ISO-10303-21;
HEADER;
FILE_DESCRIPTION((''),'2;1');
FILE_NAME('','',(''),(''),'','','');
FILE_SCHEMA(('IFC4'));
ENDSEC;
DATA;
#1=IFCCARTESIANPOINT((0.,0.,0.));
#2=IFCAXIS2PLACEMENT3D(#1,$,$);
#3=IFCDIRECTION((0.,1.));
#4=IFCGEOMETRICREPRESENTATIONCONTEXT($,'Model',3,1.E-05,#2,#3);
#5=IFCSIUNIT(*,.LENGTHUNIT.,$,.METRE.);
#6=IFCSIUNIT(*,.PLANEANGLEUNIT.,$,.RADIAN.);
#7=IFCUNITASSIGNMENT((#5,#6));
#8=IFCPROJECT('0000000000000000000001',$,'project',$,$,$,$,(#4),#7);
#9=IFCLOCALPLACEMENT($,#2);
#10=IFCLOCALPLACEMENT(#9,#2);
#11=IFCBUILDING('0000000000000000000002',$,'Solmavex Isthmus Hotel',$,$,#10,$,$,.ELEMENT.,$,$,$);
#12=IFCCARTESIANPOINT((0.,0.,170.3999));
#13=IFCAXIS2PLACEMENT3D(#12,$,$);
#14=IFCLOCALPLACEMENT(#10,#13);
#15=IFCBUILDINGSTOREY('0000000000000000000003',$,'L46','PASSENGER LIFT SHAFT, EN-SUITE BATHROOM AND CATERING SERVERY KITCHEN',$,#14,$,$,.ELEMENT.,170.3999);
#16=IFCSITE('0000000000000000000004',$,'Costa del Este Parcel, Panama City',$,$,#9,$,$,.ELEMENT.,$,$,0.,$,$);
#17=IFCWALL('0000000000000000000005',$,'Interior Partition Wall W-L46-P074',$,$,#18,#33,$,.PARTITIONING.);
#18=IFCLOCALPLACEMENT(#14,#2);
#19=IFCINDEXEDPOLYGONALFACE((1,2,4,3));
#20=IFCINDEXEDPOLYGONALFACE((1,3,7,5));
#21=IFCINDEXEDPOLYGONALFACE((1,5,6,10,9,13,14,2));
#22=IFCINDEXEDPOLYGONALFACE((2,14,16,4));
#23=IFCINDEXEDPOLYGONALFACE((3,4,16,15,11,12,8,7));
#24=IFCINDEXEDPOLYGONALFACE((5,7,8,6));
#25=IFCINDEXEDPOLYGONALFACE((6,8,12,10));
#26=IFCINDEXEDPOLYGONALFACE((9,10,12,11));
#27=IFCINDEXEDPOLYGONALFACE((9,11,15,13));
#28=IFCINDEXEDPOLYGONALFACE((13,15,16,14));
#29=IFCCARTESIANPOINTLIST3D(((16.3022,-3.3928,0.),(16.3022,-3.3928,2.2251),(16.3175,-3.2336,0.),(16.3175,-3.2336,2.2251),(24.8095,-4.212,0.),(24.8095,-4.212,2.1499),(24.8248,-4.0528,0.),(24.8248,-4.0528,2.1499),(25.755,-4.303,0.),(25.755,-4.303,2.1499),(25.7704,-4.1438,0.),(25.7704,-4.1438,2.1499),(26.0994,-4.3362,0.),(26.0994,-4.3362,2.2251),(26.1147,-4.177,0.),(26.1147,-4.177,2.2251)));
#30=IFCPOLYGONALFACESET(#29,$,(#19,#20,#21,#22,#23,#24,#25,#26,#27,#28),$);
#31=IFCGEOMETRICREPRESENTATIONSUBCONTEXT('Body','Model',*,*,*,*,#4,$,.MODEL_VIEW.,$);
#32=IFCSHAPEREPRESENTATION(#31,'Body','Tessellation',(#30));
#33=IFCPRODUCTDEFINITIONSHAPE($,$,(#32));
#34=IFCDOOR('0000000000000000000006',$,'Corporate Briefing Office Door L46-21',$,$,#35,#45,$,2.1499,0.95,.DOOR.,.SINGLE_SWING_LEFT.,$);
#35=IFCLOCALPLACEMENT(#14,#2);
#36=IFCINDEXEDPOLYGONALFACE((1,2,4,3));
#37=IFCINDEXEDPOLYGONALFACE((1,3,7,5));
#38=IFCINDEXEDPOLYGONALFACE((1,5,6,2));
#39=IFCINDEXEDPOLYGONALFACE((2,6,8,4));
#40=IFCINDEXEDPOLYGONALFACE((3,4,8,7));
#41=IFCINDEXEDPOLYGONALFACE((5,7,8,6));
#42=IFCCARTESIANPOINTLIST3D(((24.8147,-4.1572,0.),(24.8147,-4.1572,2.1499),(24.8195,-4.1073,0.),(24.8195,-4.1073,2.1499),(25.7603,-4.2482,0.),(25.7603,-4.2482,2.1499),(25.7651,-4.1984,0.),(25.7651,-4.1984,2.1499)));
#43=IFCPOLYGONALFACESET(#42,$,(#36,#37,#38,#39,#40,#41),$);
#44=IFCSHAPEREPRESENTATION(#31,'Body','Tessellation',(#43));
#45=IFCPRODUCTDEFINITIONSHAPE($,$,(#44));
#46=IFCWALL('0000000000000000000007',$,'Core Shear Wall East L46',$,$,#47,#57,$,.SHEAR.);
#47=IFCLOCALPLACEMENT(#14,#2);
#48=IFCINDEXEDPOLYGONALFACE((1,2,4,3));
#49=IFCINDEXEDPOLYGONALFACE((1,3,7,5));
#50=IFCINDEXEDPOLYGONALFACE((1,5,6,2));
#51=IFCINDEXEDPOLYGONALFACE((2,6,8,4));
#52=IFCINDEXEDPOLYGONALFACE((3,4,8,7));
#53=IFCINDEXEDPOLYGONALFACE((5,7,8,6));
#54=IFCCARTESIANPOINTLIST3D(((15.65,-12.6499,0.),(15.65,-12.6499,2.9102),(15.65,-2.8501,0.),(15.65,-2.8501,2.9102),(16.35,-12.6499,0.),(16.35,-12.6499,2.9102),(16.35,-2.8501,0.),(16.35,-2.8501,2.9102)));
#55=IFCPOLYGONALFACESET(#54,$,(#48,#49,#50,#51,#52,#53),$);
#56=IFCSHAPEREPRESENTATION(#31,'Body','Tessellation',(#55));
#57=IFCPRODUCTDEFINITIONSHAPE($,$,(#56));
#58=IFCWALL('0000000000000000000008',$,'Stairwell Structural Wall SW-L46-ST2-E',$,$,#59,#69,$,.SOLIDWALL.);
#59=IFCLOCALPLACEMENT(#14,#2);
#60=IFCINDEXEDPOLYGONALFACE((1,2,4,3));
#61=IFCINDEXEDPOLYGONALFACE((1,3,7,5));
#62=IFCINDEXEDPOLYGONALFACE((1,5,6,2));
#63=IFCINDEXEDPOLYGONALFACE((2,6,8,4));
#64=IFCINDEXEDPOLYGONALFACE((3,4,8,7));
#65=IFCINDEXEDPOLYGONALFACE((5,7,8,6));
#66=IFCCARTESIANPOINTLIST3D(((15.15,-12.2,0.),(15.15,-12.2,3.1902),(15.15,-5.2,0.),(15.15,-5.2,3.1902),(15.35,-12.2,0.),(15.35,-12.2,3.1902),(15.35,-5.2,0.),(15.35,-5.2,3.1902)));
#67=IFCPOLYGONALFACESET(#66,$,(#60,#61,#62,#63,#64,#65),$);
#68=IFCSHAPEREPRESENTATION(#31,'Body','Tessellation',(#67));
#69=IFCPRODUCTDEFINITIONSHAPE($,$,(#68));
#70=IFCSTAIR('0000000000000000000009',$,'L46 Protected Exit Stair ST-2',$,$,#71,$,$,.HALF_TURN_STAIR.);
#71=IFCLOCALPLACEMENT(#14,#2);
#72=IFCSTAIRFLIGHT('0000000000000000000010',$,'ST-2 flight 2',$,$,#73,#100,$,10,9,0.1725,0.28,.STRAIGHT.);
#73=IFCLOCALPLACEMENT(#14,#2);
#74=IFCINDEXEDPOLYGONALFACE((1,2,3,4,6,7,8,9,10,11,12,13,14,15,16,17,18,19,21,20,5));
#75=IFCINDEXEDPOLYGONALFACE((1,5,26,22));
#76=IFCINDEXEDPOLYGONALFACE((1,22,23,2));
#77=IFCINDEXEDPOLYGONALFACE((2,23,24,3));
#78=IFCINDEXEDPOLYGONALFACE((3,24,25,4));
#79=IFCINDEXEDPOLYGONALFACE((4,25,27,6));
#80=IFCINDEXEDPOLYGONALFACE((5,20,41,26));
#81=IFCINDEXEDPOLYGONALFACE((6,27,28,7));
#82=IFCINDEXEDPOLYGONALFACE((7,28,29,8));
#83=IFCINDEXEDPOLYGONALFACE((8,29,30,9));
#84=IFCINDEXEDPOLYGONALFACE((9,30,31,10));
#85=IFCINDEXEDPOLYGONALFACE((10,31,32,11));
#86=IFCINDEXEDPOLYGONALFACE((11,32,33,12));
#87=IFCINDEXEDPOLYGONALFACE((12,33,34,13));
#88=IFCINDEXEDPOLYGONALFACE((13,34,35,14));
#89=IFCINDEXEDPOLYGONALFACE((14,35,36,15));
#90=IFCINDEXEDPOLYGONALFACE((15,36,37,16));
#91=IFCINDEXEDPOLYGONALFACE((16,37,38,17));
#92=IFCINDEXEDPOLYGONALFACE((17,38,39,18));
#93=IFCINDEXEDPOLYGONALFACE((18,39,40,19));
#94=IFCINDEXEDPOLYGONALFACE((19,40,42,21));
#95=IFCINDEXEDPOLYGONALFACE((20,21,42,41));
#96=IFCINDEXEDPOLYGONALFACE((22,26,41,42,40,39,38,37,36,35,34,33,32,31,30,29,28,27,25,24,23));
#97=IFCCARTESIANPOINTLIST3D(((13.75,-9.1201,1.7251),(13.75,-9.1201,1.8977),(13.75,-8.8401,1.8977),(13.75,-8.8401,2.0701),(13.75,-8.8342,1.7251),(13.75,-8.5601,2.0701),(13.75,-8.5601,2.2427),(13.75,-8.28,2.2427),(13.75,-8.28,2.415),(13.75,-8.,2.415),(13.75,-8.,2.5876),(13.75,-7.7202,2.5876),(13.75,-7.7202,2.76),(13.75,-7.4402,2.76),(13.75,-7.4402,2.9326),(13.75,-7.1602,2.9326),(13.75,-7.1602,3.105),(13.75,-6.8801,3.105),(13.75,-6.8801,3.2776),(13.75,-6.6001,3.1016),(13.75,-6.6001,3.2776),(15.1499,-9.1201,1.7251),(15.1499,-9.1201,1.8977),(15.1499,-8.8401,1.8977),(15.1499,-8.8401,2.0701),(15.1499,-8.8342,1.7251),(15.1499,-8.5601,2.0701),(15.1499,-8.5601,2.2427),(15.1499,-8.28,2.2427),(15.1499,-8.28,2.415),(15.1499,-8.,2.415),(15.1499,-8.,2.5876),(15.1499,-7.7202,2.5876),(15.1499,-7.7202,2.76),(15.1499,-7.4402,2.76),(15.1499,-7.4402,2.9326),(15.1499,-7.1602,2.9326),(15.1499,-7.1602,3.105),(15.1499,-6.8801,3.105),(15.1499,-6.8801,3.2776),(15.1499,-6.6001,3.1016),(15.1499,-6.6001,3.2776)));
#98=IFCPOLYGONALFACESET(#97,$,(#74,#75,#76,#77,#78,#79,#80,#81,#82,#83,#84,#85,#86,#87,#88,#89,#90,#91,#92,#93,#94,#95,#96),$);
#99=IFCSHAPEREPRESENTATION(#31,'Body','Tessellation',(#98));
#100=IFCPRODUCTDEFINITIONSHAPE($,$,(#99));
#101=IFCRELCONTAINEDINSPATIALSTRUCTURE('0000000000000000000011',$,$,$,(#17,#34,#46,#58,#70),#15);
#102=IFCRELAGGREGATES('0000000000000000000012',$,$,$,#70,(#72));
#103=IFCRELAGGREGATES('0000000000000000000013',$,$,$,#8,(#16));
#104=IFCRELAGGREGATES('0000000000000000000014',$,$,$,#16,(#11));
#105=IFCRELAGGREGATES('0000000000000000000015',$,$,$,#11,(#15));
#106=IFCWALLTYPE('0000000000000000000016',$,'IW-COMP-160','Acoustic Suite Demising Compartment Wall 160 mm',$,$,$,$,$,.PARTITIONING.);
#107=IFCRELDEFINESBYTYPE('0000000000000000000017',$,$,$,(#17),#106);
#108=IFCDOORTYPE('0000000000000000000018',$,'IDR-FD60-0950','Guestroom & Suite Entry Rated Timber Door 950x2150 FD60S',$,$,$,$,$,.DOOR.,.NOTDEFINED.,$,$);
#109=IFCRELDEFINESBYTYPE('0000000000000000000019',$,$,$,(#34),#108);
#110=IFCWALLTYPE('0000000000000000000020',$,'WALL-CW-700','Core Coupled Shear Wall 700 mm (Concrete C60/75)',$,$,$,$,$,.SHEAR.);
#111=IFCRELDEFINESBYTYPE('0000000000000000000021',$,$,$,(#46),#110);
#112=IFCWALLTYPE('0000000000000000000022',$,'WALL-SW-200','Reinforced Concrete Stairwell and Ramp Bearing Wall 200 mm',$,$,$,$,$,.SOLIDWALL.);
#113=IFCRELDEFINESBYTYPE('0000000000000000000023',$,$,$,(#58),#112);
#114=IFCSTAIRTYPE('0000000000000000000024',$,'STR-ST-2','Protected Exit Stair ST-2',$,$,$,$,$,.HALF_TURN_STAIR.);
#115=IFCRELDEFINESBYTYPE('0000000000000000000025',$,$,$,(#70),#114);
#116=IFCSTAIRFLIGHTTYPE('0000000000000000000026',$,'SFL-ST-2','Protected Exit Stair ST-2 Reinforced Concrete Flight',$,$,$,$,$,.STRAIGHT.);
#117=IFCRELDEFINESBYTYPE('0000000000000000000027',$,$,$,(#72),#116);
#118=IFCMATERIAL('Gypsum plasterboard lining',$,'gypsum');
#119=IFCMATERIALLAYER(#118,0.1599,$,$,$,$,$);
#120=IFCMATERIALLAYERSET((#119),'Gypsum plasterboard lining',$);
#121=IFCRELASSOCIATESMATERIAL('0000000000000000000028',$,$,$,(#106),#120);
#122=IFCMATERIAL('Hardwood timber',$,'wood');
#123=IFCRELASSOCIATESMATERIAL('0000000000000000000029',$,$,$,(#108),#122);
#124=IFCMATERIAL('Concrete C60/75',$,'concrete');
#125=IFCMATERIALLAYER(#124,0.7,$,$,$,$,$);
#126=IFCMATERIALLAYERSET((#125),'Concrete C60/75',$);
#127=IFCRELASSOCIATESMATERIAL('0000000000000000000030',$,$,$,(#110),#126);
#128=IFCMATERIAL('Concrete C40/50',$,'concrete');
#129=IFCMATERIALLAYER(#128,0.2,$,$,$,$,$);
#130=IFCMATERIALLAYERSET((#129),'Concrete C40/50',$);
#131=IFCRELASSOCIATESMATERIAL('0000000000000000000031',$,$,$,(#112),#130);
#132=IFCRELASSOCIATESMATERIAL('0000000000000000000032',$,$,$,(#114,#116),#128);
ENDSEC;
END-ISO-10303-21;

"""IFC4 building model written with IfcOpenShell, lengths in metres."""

from ifc_helpers import new_model, si_unit, direction, frame, frame_2d, origin, place, context, subcontext, project, spatial, polyline, rectangle, outline, extrude, material, layer, layer_set, type_object, element, fill, aggregate, save


model = new_model("IFC4")

# Units and contexts
model_context = context("Model", 3, precision=1e-05, world=origin(), true_north=direction((0.0, 1.0)))
body_context = subcontext(model_context, "Body", "Model", "MODEL_VIEW")
ifc_project = project(units=[si_unit("LENGTHUNIT", "METRE"), si_unit("PLANEANGLEUNIT", "RADIAN")], contexts=[model_context])

# Site, building, storey
site_placement = place(None, origin())
site = spatial("IfcSite", under=ifc_project, at=site_placement, Name="Costa del Este Parcel, Panama City", CompositionType="ELEMENT", RefElevation=0.0)
building_placement = place(site_placement, origin())
building = spatial("IfcBuilding", under=site, at=building_placement, Name="Solmavex Isthmus Hotel", CompositionType="ELEMENT")
storey_placement = place(building_placement, frame((0.0, 0.0, 170.3999)))
storey = spatial("IfcBuildingStorey", under=building, at=storey_placement, Name="L46", Description="PASSENGER LIFT SHAFT, EN-SUITE BATHROOM AND CATERING SERVERY KITCHEN", CompositionType="ELEMENT", Elevation=170.3999)

# Shared definitions
ifc_material_1 = material(Name="Concrete C60/75", Category="concrete")

# Wall, opening, door
ifc_material_2 = material(Name="Gypsum plasterboard lining", Category="gypsum")
ifc_layer_1 = layer(ifc_material_2, 0.1599)
ifc_layer_set_1 = layer_set([ifc_layer_1], Name="Gypsum plasterboard lining")
wall_type_1 = type_object("IfcWallType", Name="IW-COMP-160", Description="Acoustic Suite Demising Compartment Wall 160 mm", PredefinedType="PARTITIONING", material=ifc_layer_set_1)
wall_1_placement = place(storey_placement, frame((26.1072, -4.2566, 0.0), z_axis=(0.0, 0.0, 1.0), x_axis=(-0.995396, 0.095846, 0.0)))
wall_1 = element("IfcWall", 1, at=wall_1_placement, inside=storey, type_object=wall_type_1, Name="Interior Partition Wall W-L46-P074", PredefinedType="PARTITIONING", context=body_context, shape_type="SweptSolid", body=[
    extrude(rectangle(XDim=9.8425, YDim=0.1599, at=frame_2d((4.9214, 0.0))), origin(), (0.0, 0.0, 1.0), 2.2251),
])
opening_placement = place(wall_1_placement, frame((0.3459, 0.0, 0.0)))
opening = element("IfcOpeningElement", 2, at=opening_placement, cuts=wall_1, PredefinedType="OPENING", context=body_context, shape_type="SweptSolid", body=[
    extrude(rectangle(XDim=0.95, YDim=2.1499, at=frame_2d((0.4751, 1.075))), frame((0.0, 0.0898, 0.0), z_axis=(0.0, -1.0, 0.0), x_axis=(1.0, 0.0, 0.0)), (0.0, 0.0, 1.0), 0.1799),
])
ifc_material_3 = material(Name="Hardwood timber", Category="wood")
door_type = type_object("IfcDoorType", Name="IDR-FD60-0950", Description="Guestroom & Suite Entry Rated Timber Door 950x2150 FD60S", OperationType="NOTDEFINED", PredefinedType="DOOR", material=ifc_material_3)
door_placement = place(opening_placement, origin())
door = element("IfcDoor", 3, at=door_placement, inside=storey, type_object=door_type, Name="Corporate Briefing Office Door L46-21", OperationType="SINGLE_SWING_LEFT", OverallHeight=2.1499, OverallWidth=0.95, PredefinedType="DOOR", context=body_context, shape_type="SweptSolid", body=[
    extrude(rectangle(XDim=0.95, YDim=2.1499, at=frame_2d((0.4751, 1.075))), frame((0.0, 0.0249, 0.0), z_axis=(0.0, -1.0, 0.0), x_axis=(1.0, 0.0, 0.0)), (0.0, 0.0, 1.0), 0.05),
])
fill(opening, door)

# Walls
ifc_layer_2 = layer(ifc_material_1, 0.7)
ifc_layer_set_2 = layer_set([ifc_layer_2], Name="Concrete C60/75")
wall_type_2 = type_object("IfcWallType", Name="WALL-CW-700", Description="Core Coupled Shear Wall 700 mm (Concrete C60/75)", PredefinedType="SHEAR", material=ifc_layer_set_2)
wall_2_placement = place(storey_placement, frame((16.0, -12.6499, 0.0), z_axis=(0.0, 0.0, 1.0), x_axis=(0.0, 1.0, 0.0)))
element("IfcWall", 4, at=wall_2_placement, inside=storey, type_object=wall_type_2, Name="Core Shear Wall East L46", PredefinedType="SHEAR", context=body_context, shape_type="SweptSolid", body=[
    extrude(rectangle(XDim=9.7998, YDim=0.7, at=frame_2d((4.8999, 0.0))), origin(), (0.0, 0.0, 1.0), 2.9102),
])
ifc_material_4 = material(Name="Concrete C40/50", Category="concrete")
ifc_layer_3 = layer(ifc_material_4, 0.2)
ifc_layer_set_3 = layer_set([ifc_layer_3], Name="Concrete C40/50")
wall_type_3 = type_object("IfcWallType", Name="WALL-SW-200", Description="Reinforced Concrete Stairwell and Ramp Bearing Wall 200 mm", PredefinedType="SOLIDWALL", material=ifc_layer_set_3)
wall_3_placement = place(storey_placement, frame((15.25, -12.2, 0.0), z_axis=(0.0, 0.0, 1.0), x_axis=(0.0, 1.0, 0.0)))
element("IfcWall", 5, at=wall_3_placement, inside=storey, type_object=wall_type_3, Name="Stairwell Structural Wall SW-L46-ST2-E", PredefinedType="SOLIDWALL", context=body_context, shape_type="SweptSolid", body=[
    extrude(rectangle(XDim=7.0, YDim=0.2, at=frame_2d((3.5, 0.0))), origin(), (0.0, 0.0, 1.0), 3.1902),
])

# Stair, stair flight
stair_type = type_object("IfcStairType", Name="STR-ST-2", Description="Protected Exit Stair ST-2", PredefinedType="HALF_TURN_STAIR", material=ifc_material_4)
stair_placement = place(storey_placement, origin())
stair = element("IfcStair", 6, at=stair_placement, inside=storey, type_object=stair_type, Name="L46 Protected Exit Stair ST-2", PredefinedType="HALF_TURN_STAIR")
stair_flight_type = type_object("IfcStairFlightType", Name="SFL-ST-2", Description="Protected Exit Stair ST-2 Reinforced Concrete Flight", PredefinedType="STRAIGHT", material=ifc_material_4)
stair_flight_placement = place(storey_placement, frame((14.45, -9.1201, 1.7251), z_axis=(0.0, 0.0, 1.0), x_axis=(0.0, 1.0, 0.0)))
stair_flight = element("IfcStairFlight", 7, at=stair_flight_placement, type_object=stair_flight_type, Name="ST-2 flight 2", NumberOfRisers=10, NumberOfTreads=9, PredefinedType="STRAIGHT", RiserHeight=0.1725, TreadLength=0.28, context=body_context, shape_type="SweptSolid", body=[
    extrude(outline(polyline([(0.0, 0.0), (0.0, 0.1726), (0.28, 0.1726), (0.28, 0.345), (0.5601, 0.345), (0.5601, 0.5176), (0.8401, 0.5176), (0.8401, 0.6899), (1.1201, 0.6899), (1.1201, 0.8625), (1.3999, 0.8625), (1.3999, 1.0349), (1.6799, 1.0349), (1.6799, 1.2075), (1.96, 1.2075), (1.96, 1.3799), (2.24, 1.3799), (2.24, 1.5525), (2.52, 1.5525), (2.52, 1.7251), (2.52, 1.3765), (0.2859, 0.0), (0.0, 0.0)])), frame((0.0, 0.7, 0.0), z_axis=(0.0, -1.0, 0.0), x_axis=(1.0, 0.0, 0.0)), (0.0, 0.0, 1.0), 1.3999),
])
aggregate(stair, [stair_flight])

save(model, "model.ifc")
